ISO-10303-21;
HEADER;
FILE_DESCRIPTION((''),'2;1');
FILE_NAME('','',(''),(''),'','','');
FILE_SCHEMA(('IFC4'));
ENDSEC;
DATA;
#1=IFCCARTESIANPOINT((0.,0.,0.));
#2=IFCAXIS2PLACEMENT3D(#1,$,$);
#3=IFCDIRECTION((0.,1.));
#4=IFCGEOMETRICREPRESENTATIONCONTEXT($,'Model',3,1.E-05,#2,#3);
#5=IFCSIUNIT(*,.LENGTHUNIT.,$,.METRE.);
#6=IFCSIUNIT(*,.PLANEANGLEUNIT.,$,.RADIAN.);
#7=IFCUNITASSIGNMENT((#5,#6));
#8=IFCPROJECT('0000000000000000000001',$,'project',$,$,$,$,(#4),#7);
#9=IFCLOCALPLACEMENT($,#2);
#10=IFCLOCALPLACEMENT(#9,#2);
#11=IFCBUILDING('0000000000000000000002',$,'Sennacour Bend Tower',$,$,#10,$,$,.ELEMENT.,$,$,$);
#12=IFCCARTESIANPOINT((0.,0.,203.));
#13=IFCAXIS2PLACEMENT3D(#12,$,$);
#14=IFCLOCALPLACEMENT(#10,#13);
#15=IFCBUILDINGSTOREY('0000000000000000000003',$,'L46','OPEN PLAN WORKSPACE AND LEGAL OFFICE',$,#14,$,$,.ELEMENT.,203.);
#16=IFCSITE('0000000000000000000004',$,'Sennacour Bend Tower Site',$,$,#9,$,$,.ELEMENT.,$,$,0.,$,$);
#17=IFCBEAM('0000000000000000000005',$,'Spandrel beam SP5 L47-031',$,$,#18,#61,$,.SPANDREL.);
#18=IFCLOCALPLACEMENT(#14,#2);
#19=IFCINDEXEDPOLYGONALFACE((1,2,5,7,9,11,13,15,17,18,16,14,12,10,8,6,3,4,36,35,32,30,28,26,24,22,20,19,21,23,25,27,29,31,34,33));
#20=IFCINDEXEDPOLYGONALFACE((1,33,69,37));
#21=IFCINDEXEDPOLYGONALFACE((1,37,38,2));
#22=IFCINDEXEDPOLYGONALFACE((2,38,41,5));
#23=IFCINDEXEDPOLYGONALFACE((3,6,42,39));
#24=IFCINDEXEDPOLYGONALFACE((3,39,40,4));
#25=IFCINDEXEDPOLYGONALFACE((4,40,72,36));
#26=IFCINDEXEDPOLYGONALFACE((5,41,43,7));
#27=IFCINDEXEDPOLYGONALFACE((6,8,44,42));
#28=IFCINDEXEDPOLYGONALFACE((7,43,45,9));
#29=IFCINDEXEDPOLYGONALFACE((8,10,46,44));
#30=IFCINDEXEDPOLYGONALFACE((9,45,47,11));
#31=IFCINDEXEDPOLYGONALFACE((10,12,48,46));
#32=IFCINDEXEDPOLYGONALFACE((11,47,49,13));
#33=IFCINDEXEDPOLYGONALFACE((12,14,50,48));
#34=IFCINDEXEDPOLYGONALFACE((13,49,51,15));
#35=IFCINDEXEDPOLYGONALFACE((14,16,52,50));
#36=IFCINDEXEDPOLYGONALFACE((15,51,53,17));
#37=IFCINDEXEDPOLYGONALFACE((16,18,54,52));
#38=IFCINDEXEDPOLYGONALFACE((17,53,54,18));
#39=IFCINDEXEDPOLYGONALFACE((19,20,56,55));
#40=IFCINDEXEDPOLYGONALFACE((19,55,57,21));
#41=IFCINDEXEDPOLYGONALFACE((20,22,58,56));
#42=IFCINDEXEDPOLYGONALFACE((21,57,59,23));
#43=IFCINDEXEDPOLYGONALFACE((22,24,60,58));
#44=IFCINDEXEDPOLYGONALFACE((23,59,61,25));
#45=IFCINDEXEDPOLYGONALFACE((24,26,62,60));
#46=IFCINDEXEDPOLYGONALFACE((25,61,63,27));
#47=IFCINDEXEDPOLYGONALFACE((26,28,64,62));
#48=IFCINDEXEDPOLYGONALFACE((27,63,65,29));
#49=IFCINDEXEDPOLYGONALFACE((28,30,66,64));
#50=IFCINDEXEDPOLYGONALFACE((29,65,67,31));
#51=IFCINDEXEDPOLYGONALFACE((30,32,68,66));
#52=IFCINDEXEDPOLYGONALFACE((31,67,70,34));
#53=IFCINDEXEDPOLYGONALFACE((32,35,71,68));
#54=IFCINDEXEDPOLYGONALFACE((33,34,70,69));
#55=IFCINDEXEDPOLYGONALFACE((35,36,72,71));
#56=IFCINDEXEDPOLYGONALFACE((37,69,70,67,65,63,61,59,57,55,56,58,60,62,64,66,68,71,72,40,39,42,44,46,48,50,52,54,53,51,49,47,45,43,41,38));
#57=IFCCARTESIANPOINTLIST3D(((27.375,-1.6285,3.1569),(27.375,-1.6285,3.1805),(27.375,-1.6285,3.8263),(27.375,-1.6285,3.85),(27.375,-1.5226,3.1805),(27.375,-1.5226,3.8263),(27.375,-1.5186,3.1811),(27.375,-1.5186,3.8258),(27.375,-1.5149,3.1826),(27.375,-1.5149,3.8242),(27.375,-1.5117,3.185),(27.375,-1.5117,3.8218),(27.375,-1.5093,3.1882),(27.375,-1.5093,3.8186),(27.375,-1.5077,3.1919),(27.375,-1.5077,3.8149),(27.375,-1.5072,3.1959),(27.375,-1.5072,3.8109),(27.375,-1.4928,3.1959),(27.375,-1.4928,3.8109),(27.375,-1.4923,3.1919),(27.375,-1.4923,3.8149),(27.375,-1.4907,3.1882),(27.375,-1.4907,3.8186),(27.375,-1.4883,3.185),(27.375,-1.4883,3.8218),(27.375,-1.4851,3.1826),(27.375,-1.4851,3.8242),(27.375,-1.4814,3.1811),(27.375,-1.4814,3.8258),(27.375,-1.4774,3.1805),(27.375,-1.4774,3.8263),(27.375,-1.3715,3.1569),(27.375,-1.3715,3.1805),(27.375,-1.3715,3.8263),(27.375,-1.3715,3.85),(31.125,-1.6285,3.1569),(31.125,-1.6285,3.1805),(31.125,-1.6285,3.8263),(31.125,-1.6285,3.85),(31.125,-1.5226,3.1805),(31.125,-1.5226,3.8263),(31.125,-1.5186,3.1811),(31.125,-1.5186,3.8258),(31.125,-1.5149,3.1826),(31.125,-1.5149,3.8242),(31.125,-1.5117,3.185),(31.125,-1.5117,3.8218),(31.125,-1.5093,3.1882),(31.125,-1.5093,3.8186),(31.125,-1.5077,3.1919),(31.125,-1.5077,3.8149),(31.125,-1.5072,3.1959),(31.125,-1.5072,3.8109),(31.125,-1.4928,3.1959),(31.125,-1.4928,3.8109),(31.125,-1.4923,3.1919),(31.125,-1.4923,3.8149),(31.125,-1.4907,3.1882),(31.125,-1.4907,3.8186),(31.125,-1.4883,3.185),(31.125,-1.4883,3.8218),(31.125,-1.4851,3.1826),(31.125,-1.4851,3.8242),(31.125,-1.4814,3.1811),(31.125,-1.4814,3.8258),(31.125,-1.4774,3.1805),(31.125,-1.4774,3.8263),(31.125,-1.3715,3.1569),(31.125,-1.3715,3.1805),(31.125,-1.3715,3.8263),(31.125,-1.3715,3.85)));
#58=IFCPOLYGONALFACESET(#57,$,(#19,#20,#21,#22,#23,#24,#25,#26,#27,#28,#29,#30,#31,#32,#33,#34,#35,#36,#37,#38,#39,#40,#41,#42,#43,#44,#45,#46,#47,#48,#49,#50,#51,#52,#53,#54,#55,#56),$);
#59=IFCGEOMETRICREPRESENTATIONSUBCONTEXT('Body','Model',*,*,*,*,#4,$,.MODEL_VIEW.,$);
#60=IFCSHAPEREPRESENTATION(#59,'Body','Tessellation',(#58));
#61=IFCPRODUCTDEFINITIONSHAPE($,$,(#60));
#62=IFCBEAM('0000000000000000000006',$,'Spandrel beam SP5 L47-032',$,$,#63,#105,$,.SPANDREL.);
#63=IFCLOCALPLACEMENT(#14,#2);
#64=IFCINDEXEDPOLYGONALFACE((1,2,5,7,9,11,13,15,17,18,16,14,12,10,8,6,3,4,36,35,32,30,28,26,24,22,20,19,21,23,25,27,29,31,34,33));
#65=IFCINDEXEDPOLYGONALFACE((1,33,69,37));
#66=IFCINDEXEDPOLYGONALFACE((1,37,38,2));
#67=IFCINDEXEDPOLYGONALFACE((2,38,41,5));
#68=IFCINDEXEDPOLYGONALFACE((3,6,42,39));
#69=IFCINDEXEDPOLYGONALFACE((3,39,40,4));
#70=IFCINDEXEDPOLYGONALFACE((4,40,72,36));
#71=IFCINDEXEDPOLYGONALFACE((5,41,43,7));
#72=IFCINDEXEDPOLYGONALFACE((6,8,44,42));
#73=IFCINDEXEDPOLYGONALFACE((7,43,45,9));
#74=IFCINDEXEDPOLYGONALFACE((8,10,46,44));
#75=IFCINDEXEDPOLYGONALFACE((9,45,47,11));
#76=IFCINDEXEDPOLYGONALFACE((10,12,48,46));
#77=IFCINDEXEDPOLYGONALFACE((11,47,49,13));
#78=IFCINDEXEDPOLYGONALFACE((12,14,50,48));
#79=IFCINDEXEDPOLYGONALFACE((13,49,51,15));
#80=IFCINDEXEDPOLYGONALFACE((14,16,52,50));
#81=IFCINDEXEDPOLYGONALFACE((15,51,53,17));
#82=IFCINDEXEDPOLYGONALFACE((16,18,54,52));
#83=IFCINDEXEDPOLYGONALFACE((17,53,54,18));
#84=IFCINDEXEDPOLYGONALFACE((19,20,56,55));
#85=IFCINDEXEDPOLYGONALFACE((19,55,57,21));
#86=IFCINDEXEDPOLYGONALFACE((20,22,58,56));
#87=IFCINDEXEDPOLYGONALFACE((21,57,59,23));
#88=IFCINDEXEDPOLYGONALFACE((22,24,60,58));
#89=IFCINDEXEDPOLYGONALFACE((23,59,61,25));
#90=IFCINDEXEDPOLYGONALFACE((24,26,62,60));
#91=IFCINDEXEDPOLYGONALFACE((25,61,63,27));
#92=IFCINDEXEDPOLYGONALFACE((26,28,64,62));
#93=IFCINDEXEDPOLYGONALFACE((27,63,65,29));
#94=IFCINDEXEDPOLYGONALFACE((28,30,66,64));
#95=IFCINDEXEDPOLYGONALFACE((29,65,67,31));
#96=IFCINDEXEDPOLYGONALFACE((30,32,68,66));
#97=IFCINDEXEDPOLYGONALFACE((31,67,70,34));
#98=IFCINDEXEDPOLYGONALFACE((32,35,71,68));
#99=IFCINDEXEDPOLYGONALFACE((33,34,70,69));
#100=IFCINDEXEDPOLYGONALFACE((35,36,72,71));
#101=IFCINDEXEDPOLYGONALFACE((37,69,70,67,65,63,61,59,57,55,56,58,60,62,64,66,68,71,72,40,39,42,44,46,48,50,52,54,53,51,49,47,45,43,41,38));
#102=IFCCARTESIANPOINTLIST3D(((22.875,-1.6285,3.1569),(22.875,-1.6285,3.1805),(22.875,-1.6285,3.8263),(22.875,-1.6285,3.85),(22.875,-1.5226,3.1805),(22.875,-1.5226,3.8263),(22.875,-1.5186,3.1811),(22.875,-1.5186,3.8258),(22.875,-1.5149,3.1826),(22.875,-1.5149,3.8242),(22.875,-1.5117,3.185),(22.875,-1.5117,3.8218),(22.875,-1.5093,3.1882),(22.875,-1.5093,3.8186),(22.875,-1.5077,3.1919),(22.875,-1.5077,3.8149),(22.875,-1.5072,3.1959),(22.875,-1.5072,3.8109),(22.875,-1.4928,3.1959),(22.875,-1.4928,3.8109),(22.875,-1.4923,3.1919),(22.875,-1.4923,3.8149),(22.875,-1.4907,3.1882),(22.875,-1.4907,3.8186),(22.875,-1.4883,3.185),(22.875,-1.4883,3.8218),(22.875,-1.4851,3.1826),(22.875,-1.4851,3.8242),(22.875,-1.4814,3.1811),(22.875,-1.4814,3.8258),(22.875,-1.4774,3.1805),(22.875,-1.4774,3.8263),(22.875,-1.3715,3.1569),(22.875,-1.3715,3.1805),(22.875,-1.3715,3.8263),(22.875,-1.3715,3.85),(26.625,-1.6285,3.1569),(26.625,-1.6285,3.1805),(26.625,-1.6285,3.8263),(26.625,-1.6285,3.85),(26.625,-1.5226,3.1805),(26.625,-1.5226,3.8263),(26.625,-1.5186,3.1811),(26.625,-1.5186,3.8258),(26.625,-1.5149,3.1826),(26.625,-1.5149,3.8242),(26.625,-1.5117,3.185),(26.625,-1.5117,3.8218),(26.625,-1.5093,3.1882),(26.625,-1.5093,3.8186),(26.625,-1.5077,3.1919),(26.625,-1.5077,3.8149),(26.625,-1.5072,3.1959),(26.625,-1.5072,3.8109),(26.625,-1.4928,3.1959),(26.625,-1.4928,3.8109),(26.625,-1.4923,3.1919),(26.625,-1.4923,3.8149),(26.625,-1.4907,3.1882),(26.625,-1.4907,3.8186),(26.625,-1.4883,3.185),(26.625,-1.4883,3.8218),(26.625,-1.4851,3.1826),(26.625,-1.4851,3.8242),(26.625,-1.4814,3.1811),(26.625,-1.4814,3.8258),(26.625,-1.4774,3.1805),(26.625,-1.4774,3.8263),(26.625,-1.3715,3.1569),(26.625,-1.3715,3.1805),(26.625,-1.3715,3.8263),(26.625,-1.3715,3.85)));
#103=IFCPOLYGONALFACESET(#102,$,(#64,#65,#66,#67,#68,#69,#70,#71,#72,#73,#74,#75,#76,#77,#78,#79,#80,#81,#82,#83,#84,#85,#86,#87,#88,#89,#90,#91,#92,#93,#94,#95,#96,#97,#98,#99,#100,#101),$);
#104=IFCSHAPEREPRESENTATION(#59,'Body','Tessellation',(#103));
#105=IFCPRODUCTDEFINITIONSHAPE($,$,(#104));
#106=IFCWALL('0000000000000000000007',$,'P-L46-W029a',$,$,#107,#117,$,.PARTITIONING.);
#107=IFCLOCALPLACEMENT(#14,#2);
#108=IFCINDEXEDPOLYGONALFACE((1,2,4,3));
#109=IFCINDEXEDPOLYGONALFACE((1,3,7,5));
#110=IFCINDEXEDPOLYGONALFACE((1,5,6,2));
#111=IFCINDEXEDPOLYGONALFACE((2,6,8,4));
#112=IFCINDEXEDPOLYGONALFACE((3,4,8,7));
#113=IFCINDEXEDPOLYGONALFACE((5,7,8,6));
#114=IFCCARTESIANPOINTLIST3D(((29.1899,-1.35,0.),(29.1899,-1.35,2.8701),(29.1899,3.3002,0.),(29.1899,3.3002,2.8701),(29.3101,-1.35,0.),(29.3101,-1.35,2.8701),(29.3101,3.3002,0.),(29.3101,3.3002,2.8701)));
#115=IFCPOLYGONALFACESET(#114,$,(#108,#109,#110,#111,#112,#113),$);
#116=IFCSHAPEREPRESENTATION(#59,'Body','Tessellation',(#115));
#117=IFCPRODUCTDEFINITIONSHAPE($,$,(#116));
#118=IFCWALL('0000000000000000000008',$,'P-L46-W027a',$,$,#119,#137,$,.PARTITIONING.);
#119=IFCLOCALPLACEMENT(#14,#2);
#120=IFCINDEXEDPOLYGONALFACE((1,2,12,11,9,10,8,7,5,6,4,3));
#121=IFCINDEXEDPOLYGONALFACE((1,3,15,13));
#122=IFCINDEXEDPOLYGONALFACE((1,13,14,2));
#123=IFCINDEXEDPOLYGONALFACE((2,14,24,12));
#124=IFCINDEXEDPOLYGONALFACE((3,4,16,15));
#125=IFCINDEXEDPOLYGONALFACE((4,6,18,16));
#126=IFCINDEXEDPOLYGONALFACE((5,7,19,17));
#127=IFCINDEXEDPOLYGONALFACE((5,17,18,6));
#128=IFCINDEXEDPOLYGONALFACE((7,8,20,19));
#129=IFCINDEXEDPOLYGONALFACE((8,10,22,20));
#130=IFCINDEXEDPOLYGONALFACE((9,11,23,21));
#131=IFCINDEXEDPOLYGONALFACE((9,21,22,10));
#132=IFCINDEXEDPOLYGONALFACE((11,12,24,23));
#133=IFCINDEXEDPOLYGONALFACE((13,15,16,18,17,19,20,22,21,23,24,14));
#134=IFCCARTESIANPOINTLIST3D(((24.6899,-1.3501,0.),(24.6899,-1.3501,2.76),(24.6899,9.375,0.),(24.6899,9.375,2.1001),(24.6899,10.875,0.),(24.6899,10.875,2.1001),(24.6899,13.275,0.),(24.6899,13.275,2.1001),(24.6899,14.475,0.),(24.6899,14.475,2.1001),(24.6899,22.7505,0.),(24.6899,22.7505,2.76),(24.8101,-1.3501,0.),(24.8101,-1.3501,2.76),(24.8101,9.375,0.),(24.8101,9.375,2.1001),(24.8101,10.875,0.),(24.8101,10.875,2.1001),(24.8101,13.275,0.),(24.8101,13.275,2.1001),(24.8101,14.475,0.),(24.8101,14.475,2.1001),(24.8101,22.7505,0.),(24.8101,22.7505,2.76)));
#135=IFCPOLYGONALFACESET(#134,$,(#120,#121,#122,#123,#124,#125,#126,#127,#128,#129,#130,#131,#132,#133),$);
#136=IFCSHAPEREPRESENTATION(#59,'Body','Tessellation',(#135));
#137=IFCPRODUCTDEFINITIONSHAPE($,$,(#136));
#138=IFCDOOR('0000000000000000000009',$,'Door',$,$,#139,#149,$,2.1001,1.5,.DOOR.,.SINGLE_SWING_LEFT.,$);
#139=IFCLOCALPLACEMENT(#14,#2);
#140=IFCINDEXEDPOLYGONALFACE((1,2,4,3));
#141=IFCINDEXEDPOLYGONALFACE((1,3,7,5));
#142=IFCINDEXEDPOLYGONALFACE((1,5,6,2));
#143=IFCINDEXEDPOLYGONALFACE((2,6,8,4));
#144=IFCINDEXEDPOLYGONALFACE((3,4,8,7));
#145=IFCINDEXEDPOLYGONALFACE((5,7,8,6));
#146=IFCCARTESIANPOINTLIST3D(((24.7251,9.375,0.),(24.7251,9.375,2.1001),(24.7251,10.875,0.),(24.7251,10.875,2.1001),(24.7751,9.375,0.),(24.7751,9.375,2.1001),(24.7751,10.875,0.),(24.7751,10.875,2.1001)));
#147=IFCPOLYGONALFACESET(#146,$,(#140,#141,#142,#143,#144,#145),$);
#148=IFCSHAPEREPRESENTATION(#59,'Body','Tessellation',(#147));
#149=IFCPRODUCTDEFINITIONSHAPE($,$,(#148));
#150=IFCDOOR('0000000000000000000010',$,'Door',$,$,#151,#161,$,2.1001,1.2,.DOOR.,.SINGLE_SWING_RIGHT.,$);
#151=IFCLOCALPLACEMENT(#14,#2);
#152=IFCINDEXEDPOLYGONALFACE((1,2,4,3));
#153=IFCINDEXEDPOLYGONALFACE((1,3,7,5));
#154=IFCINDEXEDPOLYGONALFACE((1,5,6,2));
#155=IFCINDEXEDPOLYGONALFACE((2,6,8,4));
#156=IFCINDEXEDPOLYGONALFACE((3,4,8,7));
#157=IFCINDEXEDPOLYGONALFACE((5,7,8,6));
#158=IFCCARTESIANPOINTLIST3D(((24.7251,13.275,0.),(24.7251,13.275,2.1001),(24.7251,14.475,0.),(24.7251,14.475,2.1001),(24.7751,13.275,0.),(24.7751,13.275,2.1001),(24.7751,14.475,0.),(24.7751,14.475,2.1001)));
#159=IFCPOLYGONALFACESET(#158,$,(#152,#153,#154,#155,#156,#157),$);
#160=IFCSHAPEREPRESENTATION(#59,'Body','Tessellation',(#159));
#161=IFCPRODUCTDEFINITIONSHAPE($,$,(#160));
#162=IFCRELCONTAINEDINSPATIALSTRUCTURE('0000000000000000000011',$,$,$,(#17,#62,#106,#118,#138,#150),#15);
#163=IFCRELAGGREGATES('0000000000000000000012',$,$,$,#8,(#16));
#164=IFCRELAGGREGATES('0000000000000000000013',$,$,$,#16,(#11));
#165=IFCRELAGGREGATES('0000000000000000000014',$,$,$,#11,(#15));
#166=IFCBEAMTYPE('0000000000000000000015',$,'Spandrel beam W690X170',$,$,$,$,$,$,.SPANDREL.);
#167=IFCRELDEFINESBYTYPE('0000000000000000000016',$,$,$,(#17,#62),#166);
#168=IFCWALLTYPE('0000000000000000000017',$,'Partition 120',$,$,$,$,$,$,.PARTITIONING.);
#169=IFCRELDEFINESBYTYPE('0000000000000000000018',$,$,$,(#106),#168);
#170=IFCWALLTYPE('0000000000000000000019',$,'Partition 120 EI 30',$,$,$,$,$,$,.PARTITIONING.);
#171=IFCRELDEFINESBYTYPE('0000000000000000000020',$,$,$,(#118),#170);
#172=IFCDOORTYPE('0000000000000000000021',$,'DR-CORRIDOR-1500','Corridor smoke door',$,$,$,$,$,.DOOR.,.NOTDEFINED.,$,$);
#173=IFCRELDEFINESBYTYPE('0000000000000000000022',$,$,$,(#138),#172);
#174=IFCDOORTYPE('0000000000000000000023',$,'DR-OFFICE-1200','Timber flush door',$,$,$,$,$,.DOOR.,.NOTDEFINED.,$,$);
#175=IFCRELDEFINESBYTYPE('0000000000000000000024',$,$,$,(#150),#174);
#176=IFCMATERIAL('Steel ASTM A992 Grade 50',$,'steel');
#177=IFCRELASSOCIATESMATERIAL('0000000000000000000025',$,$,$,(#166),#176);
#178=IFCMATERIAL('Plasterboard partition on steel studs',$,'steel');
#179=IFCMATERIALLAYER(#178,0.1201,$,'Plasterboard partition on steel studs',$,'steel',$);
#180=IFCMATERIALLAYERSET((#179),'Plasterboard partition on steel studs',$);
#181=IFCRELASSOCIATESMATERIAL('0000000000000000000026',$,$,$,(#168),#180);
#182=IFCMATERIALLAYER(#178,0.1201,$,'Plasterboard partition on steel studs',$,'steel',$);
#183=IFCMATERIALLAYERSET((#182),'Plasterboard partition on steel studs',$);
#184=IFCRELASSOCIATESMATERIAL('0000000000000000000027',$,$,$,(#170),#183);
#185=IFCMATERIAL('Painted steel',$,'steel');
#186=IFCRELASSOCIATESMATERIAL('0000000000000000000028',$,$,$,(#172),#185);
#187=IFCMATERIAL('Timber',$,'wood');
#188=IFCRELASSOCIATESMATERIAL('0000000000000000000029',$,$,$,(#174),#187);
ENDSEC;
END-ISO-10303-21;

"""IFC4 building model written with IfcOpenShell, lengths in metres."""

from ifc_helpers import new_model, si_unit, direction, frame, frame_2d, origin, origin_2d, place, context, subcontext, project, spatial, rectangle, i_section, extrude, material, layer, layer_set, material_profile, profile_set, type_object, element, fill, save


model = new_model("IFC4")

# Units and contexts
model_context = context("Model", 3, precision=1e-05, world=origin(), true_north=direction((0.0, 1.0)))
body_context = subcontext(model_context, "Body", "Model", "MODEL_VIEW")
ifc_project = project(units=[si_unit("LENGTHUNIT", "METRE"), si_unit("PLANEANGLEUNIT", "RADIAN")], contexts=[model_context])

# Site, building, storey
site_placement = place(None, origin())
site = spatial("IfcSite", under=ifc_project, at=site_placement, Name="Sennacour Bend Tower Site", CompositionType="ELEMENT", RefElevation=0.0)
building_placement = place(site_placement, origin())
building = spatial("IfcBuilding", under=site, at=building_placement, Name="Sennacour Bend Tower", CompositionType="ELEMENT")
storey_placement = place(building_placement, frame((0.0, 0.0, 203.0)))
storey = spatial("IfcBuildingStorey", under=building, at=storey_placement, Name="L46", Description="OPEN PLAN WORKSPACE AND LEGAL OFFICE", CompositionType="ELEMENT", Elevation=203.0)

# Beams
ifc_material_1 = material(Name="Steel ASTM A992 Grade 50", Category="steel")
ifc_material_profile_1 = material_profile(ifc_material_1, i_section(OverallWidth=0.2571, OverallDepth=0.6931, WebThickness=0.0144, FlangeThickness=0.0237, FilletRadius=0.0154, at=origin_2d()), Name="Steel ASTM A992 Grade 50", Category="steel")
ifc_profile_set_1 = profile_set([ifc_material_profile_1], Name="Steel ASTM A992 Grade 50")
beam_type_1 = type_object("IfcBeamType", Name="Spandrel beam W690X170", PredefinedType="SPANDREL", material=ifc_profile_set_1)
for number, where, z_axis, x_axis, name in (
    (1, (31.125, -1.5, 3.5034), (-1.0, 0.0, 0.0), (0.0, -1.0, 0.0), "Spandrel beam SP5 L47-031"),
    (2, (26.625, -1.5, 3.5034), (-1.0, 0.0, 0.0), (0.0, -1.0, 0.0), "Spandrel beam SP5 L47-032"),
):
    element("IfcBeam", number, at=place(storey_placement, frame(where, z_axis=z_axis, x_axis=x_axis)), inside=storey, type_object=beam_type_1, Name=name, PredefinedType="SPANDREL", context=body_context, shape_type="SweptSolid", body=[
        extrude(i_section(OverallWidth=0.2571, OverallDepth=0.6931, WebThickness=0.0144, FlangeThickness=0.0237, FilletRadius=0.0154, at=origin_2d()), origin(), (0.0, 0.0, 1.0), 3.75),
    ])

# Wall
ifc_material_2 = material(Name="Plasterboard partition on steel studs", Category="steel")
ifc_layer_1 = layer(ifc_material_2, 0.1201, Name="Plasterboard partition on steel studs", Category="steel")
ifc_layer_set_1 = layer_set([ifc_layer_1], Name="Plasterboard partition on steel studs")
wall_type_1 = type_object("IfcWallType", Name="Partition 120", PredefinedType="PARTITIONING", material=ifc_layer_set_1)
wall_1_placement = place(storey_placement, frame((29.25, -1.3501, 0.0), z_axis=(0.0, 0.0, 1.0), x_axis=(0.0, 1.0, 0.0)))
element("IfcWall", 3, at=wall_1_placement, inside=storey, type_object=wall_type_1, Name="P-L46-W029a", PredefinedType="PARTITIONING", context=body_context, shape_type="SweptSolid", body=[
    extrude(rectangle(XDim=4.6501, YDim=0.1201, at=frame_2d((2.3252, 0.0))), origin(), (0.0, 0.0, 1.0), 2.8701),
])

# Wall, openings, doors
ifc_layer_2 = layer(ifc_material_2, 0.1201, Name="Plasterboard partition on steel studs", Category="steel")
ifc_layer_set_2 = layer_set([ifc_layer_2], Name="Plasterboard partition on steel studs")
wall_type_2 = type_object("IfcWallType", Name="Partition 120 EI 30", PredefinedType="PARTITIONING", material=ifc_layer_set_2)
wall_2_placement = place(storey_placement, frame((24.75, -1.3501, 0.0), z_axis=(0.0, 0.0, 1.0), x_axis=(0.0, 1.0, 0.0)))
wall_2 = element("IfcWall", 4, at=wall_2_placement, inside=storey, type_object=wall_type_2, Name="P-L46-W027a", PredefinedType="PARTITIONING", context=body_context, shape_type="SweptSolid", body=[
    extrude(rectangle(XDim=24.1006, YDim=0.1201, at=frame_2d((12.0503, 0.0))), origin(), (0.0, 0.0, 1.0), 2.76),
])
opening_1_placement = place(wall_2_placement, frame((10.7251, 0.0, 0.0)))
opening_1 = element("IfcOpeningElement", 5, at=opening_1_placement, cuts=wall_2, PredefinedType="OPENING", context=body_context, shape_type="SweptSolid", body=[
    extrude(rectangle(XDim=1.5, YDim=2.1001, at=frame_2d((0.75, 1.05))), frame((0.0, 0.0701, 0.0), z_axis=(0.0, -1.0, 0.0), x_axis=(1.0, 0.0, 0.0)), (0.0, 0.0, 1.0), 0.1401),
])
opening_2_placement = place(wall_2_placement, frame((14.625, 0.0, 0.0)))
opening_2 = element("IfcOpeningElement", 6, at=opening_2_placement, cuts=wall_2, PredefinedType="OPENING", context=body_context, shape_type="SweptSolid", body=[
    extrude(rectangle(XDim=1.2, YDim=2.1001, at=frame_2d((0.6001, 1.05))), frame((0.0, 0.0701, 0.0), z_axis=(0.0, -1.0, 0.0), x_axis=(1.0, 0.0, 0.0)), (0.0, 0.0, 1.0), 0.1401),
])
ifc_material_3 = material(Name="Painted steel", Category="steel")
door_type_1 = type_object("IfcDoorType", Name="DR-CORRIDOR-1500", Description="Corridor smoke door", OperationType="NOTDEFINED", PredefinedType="DOOR", material=ifc_material_3)
door_1_placement = place(opening_1_placement, origin())
door_1 = element("IfcDoor", 7, at=door_1_placement, inside=storey, type_object=door_type_1, Name="Door", OperationType="SINGLE_SWING_LEFT", OverallHeight=2.1001, OverallWidth=1.5, PredefinedType="DOOR", context=body_context, shape_type="SweptSolid", body=[
    extrude(rectangle(XDim=1.5, YDim=2.1001, at=frame_2d((0.75, 1.05))), frame((0.0, 0.0249, 0.0), z_axis=(0.0, -1.0, 0.0), x_axis=(1.0, 0.0, 0.0)), (0.0, 0.0, 1.0), 0.05),
])
fill(opening_1, door_1)
ifc_material_4 = material(Name="Timber", Category="wood")
door_type_2 = type_object("IfcDoorType", Name="DR-OFFICE-1200", Description="Timber flush door", OperationType="NOTDEFINED", PredefinedType="DOOR", material=ifc_material_4)
door_2_placement = place(opening_2_placement, origin())
door_2 = element("IfcDoor", 8, at=door_2_placement, inside=storey, type_object=door_type_2, Name="Door", OperationType="SINGLE_SWING_RIGHT", OverallHeight=2.1001, OverallWidth=1.2, PredefinedType="DOOR", context=body_context, shape_type="SweptSolid", body=[
    extrude(rectangle(XDim=1.2, YDim=2.1001, at=frame_2d((0.6001, 1.05))), frame((0.0, 0.0249, 0.0), z_axis=(0.0, -1.0, 0.0), x_axis=(1.0, 0.0, 0.0)), (0.0, 0.0, 1.0), 0.05),
])
fill(opening_2, door_2)

save(model, "model.ifc")
